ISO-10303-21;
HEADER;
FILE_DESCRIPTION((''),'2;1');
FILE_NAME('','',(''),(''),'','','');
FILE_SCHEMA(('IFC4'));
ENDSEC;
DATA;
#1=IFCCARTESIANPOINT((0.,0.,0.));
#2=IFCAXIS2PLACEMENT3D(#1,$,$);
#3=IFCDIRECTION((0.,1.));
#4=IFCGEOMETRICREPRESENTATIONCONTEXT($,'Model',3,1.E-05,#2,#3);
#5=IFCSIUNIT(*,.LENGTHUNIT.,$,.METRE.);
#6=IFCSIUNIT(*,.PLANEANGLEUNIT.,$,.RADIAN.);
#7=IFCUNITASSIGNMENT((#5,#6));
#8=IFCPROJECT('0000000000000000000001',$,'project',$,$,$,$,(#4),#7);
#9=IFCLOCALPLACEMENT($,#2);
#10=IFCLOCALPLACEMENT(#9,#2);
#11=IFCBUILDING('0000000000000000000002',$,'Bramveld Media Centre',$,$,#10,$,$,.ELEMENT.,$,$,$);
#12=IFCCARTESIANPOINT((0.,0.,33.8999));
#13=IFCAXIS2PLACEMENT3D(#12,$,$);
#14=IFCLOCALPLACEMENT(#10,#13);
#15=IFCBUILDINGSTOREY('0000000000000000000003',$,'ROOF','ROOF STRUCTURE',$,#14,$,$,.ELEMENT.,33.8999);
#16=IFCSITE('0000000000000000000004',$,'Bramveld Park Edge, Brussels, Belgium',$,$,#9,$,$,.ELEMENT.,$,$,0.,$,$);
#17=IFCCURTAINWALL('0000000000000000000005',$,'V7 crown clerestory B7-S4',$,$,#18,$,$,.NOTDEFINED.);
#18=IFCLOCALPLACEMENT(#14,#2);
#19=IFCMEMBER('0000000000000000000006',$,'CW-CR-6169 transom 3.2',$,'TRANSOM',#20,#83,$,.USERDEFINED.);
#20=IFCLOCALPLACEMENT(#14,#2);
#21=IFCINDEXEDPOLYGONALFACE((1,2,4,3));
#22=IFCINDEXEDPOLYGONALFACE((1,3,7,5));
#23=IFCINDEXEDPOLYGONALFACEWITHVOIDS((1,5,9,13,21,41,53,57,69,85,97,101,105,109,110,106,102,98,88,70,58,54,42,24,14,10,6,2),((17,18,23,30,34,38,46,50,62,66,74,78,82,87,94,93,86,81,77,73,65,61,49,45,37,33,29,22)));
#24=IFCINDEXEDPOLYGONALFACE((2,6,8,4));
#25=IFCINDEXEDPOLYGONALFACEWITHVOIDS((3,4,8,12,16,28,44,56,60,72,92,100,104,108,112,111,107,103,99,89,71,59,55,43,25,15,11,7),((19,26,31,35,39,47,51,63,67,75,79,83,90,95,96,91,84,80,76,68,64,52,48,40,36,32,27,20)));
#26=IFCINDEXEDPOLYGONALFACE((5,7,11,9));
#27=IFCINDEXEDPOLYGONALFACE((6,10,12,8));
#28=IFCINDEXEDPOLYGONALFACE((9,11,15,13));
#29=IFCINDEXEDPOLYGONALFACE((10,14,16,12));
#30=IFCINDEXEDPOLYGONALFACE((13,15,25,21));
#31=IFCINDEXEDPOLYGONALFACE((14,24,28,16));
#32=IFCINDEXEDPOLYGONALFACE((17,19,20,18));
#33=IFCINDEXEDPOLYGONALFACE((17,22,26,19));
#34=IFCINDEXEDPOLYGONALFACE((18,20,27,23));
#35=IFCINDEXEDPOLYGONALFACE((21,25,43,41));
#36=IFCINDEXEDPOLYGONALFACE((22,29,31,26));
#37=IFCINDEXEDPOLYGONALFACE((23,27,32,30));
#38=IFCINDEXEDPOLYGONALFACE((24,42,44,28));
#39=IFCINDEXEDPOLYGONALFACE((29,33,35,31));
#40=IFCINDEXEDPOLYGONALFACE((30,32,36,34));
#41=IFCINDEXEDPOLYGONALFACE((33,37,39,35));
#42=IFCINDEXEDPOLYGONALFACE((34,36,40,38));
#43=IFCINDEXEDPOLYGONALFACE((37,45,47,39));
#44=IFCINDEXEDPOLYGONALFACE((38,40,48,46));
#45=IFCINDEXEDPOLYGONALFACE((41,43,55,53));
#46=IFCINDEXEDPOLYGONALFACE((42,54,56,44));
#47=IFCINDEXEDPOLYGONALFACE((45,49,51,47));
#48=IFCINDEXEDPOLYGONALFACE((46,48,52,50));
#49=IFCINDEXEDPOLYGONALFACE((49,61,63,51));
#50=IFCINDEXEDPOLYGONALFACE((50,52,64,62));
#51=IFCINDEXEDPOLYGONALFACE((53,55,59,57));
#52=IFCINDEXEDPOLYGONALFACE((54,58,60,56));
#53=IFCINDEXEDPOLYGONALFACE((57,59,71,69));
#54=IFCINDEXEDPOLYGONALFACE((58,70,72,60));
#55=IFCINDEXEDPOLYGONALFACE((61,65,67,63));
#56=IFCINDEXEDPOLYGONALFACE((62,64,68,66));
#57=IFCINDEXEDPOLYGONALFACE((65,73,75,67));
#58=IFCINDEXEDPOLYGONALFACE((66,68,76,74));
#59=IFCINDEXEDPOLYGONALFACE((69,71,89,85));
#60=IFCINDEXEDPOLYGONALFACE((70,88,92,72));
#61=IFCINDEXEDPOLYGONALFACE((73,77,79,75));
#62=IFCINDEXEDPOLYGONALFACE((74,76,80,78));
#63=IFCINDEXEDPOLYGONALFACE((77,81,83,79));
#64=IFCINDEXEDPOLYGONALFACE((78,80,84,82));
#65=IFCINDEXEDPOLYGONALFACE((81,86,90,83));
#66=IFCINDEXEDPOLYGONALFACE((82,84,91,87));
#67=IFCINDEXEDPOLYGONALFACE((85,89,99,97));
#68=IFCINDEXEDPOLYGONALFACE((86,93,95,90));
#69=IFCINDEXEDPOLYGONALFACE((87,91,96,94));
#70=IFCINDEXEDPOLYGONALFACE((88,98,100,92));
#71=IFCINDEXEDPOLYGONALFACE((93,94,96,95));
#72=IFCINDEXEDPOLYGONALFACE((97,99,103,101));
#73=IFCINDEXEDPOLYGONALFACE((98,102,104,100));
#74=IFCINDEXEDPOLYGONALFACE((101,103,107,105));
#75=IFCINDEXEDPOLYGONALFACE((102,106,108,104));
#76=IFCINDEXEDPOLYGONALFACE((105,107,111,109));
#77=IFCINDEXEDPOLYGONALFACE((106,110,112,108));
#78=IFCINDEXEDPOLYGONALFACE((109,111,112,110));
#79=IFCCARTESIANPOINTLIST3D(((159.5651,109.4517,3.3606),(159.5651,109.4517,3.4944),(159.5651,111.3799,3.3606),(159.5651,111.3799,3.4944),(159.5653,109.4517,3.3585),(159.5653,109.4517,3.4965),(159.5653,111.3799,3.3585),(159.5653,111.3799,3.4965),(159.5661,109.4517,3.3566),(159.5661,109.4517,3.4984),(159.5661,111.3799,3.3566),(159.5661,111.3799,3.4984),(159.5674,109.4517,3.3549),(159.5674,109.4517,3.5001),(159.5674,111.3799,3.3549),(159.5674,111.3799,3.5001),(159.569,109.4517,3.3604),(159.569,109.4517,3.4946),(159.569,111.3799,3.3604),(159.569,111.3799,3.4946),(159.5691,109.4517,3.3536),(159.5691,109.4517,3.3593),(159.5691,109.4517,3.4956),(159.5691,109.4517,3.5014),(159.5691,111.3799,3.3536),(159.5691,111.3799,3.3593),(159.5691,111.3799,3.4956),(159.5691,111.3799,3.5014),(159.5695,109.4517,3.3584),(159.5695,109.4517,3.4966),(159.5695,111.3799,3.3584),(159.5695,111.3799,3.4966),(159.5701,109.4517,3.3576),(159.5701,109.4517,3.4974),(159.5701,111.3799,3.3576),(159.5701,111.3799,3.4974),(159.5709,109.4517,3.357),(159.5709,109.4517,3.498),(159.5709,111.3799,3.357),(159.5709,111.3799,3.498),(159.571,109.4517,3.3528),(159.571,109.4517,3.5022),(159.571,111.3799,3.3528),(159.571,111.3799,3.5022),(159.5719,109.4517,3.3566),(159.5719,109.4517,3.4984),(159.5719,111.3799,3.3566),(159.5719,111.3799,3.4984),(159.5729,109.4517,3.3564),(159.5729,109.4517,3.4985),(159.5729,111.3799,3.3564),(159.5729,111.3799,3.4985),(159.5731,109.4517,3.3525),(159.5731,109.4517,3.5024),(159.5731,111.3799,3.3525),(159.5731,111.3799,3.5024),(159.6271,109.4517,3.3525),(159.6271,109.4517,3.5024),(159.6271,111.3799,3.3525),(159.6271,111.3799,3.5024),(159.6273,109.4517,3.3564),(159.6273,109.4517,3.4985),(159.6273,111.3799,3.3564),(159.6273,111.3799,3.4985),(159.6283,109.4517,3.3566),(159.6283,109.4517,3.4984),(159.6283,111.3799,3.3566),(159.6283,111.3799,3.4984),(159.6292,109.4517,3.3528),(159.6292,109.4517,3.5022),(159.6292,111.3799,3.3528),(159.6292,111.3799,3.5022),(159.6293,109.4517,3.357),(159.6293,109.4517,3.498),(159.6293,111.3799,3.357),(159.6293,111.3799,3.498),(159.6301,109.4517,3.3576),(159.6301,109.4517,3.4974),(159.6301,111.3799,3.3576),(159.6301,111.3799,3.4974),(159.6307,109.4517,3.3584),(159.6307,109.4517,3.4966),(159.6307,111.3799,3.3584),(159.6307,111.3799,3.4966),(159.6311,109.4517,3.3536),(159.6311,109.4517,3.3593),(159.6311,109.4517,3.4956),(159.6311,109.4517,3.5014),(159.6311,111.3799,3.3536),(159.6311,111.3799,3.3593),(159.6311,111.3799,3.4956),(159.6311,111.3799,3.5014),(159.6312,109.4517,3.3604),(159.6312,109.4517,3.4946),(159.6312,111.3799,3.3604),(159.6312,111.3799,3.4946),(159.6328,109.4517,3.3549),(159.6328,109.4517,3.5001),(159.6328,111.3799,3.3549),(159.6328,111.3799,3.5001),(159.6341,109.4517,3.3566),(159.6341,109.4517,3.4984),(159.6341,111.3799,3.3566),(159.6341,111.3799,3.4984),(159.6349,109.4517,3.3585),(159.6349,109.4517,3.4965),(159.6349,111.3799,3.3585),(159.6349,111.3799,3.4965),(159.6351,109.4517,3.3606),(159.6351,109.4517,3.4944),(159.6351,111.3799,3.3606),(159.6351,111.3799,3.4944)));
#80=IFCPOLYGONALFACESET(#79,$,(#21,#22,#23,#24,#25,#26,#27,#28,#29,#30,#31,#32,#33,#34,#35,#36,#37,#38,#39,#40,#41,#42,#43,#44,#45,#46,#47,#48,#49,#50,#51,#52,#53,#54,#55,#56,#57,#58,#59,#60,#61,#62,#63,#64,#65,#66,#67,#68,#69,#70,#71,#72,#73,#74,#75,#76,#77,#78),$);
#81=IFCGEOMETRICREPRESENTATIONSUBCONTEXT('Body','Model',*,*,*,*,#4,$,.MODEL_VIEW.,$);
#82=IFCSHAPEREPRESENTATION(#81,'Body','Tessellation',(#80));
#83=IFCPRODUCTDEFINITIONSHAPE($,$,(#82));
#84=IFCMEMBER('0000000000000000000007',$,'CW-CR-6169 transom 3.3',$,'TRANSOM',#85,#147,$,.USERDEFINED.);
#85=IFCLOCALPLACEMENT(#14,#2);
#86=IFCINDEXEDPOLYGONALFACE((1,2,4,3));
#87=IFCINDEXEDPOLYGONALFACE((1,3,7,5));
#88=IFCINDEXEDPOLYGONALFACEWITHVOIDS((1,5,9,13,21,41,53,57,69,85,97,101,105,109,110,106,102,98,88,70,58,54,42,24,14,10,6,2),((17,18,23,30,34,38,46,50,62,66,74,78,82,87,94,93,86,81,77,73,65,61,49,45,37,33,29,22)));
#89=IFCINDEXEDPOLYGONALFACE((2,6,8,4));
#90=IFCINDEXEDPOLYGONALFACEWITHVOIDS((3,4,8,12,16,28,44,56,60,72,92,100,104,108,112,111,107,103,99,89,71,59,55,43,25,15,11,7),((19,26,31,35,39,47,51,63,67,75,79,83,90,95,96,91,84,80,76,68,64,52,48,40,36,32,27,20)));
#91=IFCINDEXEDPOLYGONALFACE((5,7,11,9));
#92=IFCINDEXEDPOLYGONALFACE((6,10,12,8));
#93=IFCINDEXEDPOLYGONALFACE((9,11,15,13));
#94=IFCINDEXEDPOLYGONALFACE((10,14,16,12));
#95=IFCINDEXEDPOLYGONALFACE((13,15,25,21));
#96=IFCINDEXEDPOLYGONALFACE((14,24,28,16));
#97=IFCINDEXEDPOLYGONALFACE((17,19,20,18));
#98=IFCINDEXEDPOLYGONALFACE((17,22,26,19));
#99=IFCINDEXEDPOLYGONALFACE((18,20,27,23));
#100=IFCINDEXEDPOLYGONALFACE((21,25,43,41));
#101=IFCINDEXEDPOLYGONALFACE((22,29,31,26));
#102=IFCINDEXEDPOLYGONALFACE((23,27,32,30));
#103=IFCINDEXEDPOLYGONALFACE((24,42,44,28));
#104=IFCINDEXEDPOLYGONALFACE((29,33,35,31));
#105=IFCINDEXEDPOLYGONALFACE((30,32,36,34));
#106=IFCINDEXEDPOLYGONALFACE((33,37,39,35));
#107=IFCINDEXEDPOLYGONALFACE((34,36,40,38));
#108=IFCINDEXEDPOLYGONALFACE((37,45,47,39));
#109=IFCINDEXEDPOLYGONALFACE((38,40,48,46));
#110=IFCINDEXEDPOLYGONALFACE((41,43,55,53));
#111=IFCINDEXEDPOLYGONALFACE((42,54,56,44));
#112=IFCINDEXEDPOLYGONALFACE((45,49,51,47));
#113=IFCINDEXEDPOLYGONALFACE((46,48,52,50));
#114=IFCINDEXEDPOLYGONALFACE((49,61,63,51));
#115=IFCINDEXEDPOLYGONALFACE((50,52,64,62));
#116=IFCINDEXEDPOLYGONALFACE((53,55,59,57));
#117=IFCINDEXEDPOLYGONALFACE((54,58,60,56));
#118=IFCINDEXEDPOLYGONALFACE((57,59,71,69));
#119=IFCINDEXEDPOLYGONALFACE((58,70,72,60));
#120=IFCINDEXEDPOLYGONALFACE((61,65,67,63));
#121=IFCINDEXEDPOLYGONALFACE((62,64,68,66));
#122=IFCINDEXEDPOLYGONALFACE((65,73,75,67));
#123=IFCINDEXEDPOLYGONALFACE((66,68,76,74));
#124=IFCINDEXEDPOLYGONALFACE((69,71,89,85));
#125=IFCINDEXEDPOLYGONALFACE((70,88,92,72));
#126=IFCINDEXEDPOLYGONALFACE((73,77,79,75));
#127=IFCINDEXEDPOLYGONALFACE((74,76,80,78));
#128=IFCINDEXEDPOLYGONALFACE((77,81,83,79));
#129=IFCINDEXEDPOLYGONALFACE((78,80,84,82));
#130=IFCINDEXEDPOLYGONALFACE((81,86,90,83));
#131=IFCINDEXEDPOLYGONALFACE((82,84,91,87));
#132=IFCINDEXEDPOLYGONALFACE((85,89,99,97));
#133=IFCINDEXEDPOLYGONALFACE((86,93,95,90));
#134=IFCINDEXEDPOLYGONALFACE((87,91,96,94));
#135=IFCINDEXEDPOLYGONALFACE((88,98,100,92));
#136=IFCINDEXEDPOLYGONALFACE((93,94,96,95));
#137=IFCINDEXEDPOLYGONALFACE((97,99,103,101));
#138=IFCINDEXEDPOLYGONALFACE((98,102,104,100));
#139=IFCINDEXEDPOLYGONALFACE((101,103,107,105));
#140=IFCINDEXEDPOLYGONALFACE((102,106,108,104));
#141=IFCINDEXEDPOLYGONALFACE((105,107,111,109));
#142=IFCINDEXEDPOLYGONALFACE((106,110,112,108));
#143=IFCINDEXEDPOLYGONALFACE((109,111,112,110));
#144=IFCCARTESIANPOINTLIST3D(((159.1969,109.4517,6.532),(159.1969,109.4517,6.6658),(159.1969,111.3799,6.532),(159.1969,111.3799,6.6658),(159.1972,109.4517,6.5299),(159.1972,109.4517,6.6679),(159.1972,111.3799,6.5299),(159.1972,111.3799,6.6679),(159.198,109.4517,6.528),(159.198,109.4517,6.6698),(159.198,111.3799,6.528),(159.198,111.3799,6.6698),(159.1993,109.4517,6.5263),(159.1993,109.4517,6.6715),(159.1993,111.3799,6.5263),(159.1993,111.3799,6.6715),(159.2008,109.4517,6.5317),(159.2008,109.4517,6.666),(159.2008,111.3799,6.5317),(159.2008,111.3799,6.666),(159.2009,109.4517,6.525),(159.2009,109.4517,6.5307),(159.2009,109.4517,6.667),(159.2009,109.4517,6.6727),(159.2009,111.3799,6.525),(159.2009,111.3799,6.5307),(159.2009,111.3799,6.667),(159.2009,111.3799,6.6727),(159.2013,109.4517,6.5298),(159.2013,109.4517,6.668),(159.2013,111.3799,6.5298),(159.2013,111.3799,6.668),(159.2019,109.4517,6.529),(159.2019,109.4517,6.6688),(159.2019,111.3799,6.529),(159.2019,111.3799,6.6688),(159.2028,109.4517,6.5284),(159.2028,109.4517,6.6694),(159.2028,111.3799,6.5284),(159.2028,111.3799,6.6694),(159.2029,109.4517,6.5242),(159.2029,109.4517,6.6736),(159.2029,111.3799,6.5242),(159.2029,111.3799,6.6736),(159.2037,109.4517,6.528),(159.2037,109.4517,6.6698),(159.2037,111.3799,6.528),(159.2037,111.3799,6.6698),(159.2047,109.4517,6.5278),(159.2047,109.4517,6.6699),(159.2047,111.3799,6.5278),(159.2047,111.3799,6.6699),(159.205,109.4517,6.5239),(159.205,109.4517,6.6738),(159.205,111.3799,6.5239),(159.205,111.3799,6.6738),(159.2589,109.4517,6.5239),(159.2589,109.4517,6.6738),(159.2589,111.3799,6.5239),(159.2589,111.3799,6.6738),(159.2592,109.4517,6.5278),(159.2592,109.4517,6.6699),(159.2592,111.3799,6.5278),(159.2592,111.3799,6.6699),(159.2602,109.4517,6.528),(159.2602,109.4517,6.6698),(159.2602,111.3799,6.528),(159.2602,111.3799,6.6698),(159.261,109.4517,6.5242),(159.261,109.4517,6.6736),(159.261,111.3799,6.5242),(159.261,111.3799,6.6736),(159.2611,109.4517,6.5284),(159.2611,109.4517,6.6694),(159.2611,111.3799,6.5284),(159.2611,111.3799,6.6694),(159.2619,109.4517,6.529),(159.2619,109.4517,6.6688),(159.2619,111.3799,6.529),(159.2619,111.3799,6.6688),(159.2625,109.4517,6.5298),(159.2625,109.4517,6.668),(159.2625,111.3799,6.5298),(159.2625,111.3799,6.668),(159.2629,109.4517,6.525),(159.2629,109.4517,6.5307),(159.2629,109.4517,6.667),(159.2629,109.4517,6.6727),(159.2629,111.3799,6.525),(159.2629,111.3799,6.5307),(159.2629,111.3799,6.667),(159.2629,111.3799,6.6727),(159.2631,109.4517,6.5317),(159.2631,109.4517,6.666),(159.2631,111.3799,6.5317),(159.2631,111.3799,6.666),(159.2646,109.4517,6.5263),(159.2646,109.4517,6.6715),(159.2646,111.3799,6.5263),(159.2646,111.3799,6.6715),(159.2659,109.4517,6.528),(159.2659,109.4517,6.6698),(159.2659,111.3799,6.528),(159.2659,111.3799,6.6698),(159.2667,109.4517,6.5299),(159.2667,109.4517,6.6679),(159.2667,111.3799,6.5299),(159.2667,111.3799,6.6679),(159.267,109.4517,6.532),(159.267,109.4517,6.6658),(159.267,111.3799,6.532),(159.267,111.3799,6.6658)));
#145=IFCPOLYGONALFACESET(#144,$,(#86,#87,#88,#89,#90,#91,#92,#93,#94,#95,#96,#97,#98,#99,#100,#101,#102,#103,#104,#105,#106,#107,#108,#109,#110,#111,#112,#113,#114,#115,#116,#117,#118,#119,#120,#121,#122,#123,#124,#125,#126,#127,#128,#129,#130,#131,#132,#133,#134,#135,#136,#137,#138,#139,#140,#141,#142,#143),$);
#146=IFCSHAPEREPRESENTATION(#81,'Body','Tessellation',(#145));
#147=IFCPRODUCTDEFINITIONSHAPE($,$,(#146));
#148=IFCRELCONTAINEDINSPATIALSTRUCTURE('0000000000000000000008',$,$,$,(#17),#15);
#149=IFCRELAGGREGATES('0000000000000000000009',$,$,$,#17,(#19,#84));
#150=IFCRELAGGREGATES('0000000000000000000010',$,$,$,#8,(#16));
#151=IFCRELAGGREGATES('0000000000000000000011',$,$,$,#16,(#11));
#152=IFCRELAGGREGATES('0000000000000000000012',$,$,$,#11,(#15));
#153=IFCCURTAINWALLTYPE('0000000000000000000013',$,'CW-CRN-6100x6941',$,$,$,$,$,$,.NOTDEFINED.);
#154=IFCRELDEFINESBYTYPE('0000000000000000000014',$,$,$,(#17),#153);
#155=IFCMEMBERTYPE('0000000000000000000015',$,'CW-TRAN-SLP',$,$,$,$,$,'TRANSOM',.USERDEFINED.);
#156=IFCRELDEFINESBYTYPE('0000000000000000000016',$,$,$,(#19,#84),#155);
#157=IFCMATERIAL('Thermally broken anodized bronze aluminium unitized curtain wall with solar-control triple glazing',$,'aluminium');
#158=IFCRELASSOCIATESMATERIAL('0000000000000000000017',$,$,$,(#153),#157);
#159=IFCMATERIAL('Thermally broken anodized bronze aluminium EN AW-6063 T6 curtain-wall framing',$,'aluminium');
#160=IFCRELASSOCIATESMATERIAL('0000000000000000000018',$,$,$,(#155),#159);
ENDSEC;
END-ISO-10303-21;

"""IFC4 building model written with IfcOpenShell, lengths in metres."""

from ifc_helpers import new_model, si_unit, direction, frame, origin, origin_2d, place, context, subcontext, project, spatial, hollow_rectangle, extrude, material, material_profile, profile_set, type_object, element, aggregate, save


model = new_model("IFC4")

# Units and contexts
model_context = context("Model", 3, precision=1e-05, world=origin(), true_north=direction((0.0, 1.0)))
body_context = subcontext(model_context, "Body", "Model", "MODEL_VIEW")
ifc_project = project(units=[si_unit("LENGTHUNIT", "METRE"), si_unit("PLANEANGLEUNIT", "RADIAN")], contexts=[model_context])

# Site, building, storey
site_placement = place(None, origin())
site = spatial("IfcSite", under=ifc_project, at=site_placement, Name="Bramveld Park Edge, Brussels, Belgium", CompositionType="ELEMENT", RefElevation=0.0)
building_placement = place(site_placement, origin())
building = spatial("IfcBuilding", under=site, at=building_placement, Name="Bramveld Media Centre", CompositionType="ELEMENT")
storey_placement = place(building_placement, frame((0.0, 0.0, 33.8999)))
storey = spatial("IfcBuildingStorey", under=building, at=storey_placement, Name="ROOF", Description="ROOF STRUCTURE", CompositionType="ELEMENT", Elevation=33.8999)

# Curtain wall
ifc_material_1 = material(Name="Thermally broken anodized bronze aluminium unitized curtain wall with solar-control triple glazing", Category="aluminium")
curtain_wall_type = type_object("IfcCurtainWallType", Name="CW-CRN-6100x6941", PredefinedType="NOTDEFINED", material=ifc_material_1)
curtain_wall_1_placement = place(storey_placement, origin())
curtain_wall_1 = element("IfcCurtainWall", 1, at=curtain_wall_1_placement, inside=storey, type_object=curtain_wall_type, Name="V7 crown clerestory B7-S4", PredefinedType="NOTDEFINED")

# Members
ifc_material_2 = material(Name="Thermally broken anodized bronze aluminium EN AW-6063 T6 curtain-wall framing", Category="aluminium")
ifc_material_profile_1 = material_profile(ifc_material_2, hollow_rectangle(XDim=0.0701, YDim=0.1499, WallThickness=0.0039, InnerFilletRadius=0.0039, OuterFilletRadius=0.0081, at=origin_2d()), Name="AL-TRAN 70x150")
ifc_profile_set_1 = profile_set([ifc_material_profile_1], Name="Thermally broken anodized bronze aluminium EN AW-6063 T6 curtain-wall framing")
member_type_1 = type_object("IfcMemberType", Name="CW-TRAN-SLP", ElementType="TRANSOM", PredefinedType="USERDEFINED", material=ifc_profile_set_1)
member_1_placement = place(storey_placement, frame((159.6001, 109.4517, 3.4275), z_axis=(0.0, 1.0, 0.0), x_axis=(-1.0, 0.0, 0.0)))
member_1 = element("IfcMember", 2, at=member_1_placement, type_object=member_type_1, Name="CW-CR-6169 transom 3.2", ObjectType="TRANSOM", PredefinedType="USERDEFINED", context=body_context, shape_type="SweptSolid", body=[
    extrude(hollow_rectangle(XDim=0.0701, YDim=0.1499, WallThickness=0.0039, InnerFilletRadius=0.0039, OuterFilletRadius=0.0081, at=origin_2d()), origin(), (0.0, 0.0, 1.0), 1.9282),
])
member_2_placement = place(storey_placement, frame((159.2319, 109.4517, 6.5989), z_axis=(0.0, 1.0, 0.0), x_axis=(-1.0, 0.0, 0.0)))
member_2 = element("IfcMember", 3, at=member_2_placement, type_object=member_type_1, Name="CW-CR-6169 transom 3.3", ObjectType="TRANSOM", PredefinedType="USERDEFINED", context=body_context, shape_type="SweptSolid", body=[
    extrude(hollow_rectangle(XDim=0.0701, YDim=0.1499, WallThickness=0.0039, InnerFilletRadius=0.0039, OuterFilletRadius=0.0081, at=origin_2d()), origin(), (0.0, 0.0, 1.0), 1.9282),
])

aggregate(curtain_wall_1, [member_1, member_2])

save(model, "model.ifc")
